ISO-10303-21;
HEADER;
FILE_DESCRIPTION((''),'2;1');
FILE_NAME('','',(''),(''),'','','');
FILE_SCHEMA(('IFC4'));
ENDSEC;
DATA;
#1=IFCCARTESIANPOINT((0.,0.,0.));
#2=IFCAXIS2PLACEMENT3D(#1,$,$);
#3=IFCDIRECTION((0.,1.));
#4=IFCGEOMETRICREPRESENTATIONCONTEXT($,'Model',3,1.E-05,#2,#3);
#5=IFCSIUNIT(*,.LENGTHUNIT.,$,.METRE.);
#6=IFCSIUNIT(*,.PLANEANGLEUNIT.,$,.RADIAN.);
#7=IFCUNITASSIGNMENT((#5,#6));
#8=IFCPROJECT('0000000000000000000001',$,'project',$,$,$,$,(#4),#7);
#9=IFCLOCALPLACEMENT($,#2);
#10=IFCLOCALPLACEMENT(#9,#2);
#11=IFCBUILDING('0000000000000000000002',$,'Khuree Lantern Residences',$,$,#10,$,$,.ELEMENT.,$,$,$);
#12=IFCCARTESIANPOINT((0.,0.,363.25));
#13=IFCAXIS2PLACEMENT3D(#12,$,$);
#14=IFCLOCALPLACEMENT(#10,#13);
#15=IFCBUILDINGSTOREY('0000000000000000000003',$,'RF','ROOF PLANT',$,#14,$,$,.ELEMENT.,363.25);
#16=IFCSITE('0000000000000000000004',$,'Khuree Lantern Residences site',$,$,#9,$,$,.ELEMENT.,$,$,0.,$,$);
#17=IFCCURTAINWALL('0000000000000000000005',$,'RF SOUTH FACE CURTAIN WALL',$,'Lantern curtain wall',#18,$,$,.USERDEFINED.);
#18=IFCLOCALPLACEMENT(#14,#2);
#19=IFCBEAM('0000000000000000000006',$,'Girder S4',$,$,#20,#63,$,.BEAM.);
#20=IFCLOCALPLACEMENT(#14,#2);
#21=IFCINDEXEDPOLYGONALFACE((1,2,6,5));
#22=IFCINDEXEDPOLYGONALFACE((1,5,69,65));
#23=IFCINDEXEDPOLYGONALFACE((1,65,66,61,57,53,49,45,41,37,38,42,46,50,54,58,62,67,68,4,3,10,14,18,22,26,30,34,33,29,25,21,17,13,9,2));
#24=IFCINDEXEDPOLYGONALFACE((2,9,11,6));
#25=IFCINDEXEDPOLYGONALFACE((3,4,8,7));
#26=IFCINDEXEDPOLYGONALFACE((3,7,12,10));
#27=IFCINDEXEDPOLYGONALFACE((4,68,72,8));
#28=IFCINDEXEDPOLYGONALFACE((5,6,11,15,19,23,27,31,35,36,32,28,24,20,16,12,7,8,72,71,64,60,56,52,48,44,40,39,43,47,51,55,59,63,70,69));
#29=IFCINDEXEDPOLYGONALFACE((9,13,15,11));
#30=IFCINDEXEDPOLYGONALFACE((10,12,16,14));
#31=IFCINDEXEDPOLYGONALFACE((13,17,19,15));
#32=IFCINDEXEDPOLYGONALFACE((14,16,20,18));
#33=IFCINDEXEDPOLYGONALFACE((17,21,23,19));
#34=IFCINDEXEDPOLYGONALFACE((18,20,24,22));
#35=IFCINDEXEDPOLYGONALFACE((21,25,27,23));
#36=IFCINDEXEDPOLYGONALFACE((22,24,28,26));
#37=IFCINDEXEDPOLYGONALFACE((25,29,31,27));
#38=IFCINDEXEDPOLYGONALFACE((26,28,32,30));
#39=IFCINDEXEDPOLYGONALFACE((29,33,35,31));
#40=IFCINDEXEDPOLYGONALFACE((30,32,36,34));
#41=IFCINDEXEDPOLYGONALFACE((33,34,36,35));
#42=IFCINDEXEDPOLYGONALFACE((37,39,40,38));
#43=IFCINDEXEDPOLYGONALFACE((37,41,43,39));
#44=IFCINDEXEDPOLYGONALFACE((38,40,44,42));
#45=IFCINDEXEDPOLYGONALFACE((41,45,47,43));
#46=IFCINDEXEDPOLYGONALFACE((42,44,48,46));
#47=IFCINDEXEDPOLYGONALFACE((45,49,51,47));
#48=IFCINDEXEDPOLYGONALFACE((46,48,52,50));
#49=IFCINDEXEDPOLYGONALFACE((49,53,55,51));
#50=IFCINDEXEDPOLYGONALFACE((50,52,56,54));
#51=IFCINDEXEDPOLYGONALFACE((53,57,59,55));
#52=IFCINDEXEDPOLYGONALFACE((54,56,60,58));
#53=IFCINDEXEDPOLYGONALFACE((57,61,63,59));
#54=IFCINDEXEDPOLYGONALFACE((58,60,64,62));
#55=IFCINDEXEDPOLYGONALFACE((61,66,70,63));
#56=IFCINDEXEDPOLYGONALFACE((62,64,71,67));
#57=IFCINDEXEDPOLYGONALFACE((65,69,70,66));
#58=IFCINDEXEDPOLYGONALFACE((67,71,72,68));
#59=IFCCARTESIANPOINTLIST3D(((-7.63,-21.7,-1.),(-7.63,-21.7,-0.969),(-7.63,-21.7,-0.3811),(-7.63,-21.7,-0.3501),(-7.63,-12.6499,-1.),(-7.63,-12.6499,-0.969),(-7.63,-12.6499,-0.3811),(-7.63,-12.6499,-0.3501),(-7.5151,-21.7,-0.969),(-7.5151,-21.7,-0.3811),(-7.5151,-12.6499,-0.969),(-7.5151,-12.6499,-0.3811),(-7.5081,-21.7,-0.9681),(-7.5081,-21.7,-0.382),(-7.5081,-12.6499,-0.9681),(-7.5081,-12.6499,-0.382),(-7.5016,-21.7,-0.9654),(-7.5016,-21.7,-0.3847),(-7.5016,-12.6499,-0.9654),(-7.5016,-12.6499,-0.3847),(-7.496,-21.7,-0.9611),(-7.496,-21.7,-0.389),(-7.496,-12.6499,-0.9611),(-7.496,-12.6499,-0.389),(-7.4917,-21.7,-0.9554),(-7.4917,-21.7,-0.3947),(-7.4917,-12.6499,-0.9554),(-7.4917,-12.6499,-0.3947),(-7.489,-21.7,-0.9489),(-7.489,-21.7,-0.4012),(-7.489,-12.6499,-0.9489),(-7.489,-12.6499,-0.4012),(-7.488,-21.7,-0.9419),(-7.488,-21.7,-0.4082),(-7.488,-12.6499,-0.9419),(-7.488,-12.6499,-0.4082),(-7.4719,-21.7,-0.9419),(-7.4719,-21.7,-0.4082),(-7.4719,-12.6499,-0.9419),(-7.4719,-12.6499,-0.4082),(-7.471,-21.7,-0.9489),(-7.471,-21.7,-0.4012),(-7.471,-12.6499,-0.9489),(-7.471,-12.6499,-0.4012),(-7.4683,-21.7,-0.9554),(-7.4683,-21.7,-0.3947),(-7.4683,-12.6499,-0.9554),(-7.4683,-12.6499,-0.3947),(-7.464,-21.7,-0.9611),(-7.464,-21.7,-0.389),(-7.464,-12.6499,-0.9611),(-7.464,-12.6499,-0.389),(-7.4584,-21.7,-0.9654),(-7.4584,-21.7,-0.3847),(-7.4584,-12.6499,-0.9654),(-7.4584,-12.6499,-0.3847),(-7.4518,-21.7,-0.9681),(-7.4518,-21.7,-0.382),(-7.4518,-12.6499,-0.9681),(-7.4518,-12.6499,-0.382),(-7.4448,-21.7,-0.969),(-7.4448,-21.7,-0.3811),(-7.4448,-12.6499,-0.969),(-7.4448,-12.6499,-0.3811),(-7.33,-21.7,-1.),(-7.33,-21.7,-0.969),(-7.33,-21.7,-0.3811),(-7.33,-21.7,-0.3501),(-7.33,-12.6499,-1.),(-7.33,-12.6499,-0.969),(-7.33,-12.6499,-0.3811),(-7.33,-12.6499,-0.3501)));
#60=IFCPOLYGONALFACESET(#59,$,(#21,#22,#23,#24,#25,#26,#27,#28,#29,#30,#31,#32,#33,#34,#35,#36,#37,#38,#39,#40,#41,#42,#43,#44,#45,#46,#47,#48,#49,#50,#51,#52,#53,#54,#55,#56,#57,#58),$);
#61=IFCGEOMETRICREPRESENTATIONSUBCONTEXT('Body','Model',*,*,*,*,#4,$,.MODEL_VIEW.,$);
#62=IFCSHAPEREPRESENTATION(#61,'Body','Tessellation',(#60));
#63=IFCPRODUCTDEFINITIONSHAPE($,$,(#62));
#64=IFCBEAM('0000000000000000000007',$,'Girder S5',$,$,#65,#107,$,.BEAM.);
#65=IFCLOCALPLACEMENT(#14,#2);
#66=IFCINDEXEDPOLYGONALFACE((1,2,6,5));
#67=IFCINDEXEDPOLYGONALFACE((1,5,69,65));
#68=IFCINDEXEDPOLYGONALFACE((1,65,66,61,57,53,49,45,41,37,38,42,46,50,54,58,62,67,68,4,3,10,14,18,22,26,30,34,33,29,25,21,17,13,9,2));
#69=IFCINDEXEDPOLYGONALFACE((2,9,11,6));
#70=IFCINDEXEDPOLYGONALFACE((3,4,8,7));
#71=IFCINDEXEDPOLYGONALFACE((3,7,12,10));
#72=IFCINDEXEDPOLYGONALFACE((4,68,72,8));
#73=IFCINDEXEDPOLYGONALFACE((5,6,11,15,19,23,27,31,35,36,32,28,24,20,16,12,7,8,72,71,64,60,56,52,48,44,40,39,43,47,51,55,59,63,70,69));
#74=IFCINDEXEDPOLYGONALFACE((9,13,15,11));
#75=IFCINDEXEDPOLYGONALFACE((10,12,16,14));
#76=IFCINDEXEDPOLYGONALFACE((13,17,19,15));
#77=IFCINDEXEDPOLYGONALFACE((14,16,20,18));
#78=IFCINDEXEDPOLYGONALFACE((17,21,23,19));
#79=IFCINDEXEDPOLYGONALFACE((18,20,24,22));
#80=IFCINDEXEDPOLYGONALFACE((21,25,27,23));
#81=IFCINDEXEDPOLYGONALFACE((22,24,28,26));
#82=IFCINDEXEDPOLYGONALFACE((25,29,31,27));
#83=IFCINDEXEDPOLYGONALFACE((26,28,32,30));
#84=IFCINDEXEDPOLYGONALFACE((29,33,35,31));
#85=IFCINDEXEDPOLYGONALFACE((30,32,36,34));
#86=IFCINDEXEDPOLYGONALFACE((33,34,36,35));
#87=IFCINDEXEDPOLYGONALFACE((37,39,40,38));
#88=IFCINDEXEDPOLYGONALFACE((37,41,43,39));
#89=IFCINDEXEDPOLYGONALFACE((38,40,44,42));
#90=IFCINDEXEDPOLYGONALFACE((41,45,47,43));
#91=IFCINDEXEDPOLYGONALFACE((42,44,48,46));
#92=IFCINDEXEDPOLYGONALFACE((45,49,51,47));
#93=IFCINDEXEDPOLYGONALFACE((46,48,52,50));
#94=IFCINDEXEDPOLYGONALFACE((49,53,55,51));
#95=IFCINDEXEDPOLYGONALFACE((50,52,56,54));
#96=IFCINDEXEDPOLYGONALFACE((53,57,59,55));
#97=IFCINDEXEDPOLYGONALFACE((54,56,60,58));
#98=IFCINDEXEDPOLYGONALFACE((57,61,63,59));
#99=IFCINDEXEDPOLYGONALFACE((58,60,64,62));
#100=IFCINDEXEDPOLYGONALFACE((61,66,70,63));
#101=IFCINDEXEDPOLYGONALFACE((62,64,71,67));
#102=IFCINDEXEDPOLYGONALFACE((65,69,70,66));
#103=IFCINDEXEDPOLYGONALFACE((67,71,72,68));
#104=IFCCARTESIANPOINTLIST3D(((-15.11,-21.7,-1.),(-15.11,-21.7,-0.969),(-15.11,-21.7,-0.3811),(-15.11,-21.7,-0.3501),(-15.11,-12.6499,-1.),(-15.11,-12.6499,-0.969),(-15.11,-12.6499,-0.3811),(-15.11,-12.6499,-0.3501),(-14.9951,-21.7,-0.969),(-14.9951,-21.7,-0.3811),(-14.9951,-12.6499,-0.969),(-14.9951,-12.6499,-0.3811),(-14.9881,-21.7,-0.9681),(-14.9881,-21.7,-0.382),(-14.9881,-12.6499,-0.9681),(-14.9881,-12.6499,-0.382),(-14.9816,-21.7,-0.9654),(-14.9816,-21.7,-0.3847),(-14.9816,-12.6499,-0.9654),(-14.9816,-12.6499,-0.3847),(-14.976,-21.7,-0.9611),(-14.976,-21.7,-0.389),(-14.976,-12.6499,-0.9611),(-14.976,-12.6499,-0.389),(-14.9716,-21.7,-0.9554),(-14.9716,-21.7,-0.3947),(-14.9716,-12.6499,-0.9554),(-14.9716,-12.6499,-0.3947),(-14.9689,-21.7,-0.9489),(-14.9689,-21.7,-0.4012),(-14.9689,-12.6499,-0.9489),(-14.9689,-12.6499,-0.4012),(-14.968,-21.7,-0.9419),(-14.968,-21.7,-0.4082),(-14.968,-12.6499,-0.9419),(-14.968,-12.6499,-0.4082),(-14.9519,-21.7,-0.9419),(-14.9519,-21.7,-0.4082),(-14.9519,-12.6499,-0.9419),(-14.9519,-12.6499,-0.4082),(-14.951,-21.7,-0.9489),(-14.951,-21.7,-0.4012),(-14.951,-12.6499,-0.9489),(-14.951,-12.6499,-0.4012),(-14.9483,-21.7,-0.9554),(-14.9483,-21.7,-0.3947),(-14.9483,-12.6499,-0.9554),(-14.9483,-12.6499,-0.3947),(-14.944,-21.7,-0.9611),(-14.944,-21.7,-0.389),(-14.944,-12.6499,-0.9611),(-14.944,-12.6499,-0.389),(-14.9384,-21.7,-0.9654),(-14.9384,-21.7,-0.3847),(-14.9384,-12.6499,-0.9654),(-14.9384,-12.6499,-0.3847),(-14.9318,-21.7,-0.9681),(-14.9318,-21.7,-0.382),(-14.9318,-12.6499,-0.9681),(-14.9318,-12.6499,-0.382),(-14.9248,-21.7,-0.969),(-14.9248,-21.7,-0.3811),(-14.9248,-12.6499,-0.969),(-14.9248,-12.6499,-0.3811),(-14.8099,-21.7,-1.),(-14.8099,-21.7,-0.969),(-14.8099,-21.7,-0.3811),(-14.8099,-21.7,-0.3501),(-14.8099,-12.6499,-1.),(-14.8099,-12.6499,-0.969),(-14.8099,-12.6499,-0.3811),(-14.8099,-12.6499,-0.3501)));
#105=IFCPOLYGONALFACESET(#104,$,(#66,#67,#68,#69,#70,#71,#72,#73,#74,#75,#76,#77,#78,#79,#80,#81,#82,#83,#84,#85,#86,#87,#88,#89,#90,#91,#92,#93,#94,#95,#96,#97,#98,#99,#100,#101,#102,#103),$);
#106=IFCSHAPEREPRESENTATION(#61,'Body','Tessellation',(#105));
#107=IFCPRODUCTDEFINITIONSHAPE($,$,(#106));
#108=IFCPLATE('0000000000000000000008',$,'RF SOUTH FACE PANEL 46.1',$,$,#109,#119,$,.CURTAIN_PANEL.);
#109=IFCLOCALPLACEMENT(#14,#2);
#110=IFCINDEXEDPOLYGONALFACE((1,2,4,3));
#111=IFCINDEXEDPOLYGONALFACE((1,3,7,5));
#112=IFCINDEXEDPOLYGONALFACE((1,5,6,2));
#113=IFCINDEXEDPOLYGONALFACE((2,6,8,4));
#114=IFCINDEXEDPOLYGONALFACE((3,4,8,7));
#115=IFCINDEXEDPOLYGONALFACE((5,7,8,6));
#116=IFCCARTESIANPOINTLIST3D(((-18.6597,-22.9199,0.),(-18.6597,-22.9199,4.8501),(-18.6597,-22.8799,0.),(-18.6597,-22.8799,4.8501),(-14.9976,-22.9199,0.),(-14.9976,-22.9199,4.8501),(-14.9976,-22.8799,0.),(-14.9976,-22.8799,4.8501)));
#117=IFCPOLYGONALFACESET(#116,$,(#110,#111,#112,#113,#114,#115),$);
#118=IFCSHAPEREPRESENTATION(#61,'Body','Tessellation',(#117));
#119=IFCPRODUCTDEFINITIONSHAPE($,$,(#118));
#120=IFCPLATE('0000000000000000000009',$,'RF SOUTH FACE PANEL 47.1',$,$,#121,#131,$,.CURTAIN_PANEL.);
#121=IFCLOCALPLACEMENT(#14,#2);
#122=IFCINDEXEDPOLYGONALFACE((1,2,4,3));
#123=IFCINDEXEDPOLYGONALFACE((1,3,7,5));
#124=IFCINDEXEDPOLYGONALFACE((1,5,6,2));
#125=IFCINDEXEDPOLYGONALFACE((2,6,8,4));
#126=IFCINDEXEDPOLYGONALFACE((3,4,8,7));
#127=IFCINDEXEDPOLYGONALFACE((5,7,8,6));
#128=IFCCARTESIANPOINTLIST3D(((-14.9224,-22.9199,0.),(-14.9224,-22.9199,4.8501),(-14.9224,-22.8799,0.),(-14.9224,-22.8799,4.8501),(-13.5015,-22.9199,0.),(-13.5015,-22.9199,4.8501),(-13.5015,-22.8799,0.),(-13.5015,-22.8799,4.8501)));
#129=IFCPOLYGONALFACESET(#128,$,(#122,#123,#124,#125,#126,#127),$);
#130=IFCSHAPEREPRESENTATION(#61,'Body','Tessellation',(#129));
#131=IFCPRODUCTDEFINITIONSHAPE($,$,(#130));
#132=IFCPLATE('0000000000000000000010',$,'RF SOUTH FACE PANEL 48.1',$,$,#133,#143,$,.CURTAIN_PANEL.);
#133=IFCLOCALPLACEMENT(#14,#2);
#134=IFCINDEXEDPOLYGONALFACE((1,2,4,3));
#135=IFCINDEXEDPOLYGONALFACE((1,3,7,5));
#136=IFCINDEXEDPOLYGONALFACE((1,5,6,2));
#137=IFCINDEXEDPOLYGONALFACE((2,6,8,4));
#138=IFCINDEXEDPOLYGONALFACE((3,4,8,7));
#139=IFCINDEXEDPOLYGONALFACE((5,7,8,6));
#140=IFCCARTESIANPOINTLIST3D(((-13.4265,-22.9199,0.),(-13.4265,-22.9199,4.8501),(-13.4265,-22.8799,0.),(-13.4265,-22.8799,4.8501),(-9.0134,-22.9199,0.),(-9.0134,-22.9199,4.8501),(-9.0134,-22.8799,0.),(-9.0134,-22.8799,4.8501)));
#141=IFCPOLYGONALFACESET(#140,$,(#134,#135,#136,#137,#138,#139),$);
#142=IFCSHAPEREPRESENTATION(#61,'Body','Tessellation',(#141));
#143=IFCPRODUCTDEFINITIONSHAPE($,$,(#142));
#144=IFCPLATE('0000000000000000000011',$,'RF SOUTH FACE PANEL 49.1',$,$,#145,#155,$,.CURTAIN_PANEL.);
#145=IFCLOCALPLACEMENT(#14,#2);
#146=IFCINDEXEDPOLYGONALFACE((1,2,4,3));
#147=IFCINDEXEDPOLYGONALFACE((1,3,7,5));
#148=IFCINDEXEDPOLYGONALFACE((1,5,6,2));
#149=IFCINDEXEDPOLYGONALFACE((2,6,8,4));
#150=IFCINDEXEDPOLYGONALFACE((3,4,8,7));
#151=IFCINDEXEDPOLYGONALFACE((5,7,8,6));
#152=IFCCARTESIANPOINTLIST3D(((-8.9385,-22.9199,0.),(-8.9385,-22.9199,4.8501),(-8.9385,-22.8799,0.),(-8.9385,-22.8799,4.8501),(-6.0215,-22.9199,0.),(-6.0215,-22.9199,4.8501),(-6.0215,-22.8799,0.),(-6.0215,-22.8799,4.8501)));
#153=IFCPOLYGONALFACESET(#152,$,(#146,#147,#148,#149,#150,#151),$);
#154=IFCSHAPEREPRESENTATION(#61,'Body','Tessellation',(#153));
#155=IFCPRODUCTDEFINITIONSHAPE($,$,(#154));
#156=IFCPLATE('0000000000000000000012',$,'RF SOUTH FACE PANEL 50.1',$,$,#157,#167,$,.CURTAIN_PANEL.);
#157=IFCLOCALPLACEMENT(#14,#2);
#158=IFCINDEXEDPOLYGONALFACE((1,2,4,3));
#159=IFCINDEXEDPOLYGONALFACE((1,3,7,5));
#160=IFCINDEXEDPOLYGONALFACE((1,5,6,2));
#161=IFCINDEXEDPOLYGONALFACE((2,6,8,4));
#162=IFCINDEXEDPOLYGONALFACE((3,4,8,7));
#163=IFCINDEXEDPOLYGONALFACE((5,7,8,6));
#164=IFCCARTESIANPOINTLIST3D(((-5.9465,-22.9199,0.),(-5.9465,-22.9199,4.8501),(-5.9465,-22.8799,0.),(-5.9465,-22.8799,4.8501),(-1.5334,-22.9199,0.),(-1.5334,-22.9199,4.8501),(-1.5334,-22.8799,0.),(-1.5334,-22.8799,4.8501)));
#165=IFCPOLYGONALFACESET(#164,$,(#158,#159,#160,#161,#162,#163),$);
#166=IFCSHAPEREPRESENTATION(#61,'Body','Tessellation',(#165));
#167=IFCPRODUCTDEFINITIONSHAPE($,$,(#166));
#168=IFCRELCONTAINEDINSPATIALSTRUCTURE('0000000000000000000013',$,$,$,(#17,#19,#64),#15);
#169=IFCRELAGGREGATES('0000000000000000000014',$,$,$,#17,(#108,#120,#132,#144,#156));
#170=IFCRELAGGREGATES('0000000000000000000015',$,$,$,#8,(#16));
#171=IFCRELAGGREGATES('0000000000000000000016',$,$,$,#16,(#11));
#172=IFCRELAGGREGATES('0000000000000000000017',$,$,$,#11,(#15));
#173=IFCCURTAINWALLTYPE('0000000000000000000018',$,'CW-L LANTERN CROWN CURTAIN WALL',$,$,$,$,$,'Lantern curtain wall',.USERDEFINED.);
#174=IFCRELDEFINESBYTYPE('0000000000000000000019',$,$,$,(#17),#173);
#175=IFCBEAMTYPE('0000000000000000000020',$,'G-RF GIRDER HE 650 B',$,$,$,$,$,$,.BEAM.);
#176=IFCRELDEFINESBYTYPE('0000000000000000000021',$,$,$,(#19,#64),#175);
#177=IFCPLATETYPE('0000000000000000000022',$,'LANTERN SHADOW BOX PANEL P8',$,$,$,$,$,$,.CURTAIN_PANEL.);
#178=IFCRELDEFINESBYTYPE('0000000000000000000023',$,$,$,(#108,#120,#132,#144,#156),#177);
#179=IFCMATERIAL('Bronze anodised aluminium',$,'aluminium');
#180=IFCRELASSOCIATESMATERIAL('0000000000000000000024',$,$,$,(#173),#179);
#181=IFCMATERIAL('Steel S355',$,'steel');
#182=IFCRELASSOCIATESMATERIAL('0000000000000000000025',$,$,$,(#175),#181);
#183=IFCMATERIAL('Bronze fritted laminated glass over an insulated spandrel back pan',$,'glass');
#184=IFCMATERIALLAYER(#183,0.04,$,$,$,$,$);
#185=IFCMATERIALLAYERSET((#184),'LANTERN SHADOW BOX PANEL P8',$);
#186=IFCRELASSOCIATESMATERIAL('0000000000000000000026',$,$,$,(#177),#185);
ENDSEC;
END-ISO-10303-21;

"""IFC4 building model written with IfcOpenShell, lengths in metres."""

from ifc_helpers import new_model, si_unit, direction, frame, origin, origin_2d, place, context, subcontext, project, spatial, rectangle, i_section, extrude, material, layer, layer_set, material_profile, profile_set, type_object, element, aggregate, save


model = new_model("IFC4")

# Units and contexts
model_context = context("Model", 3, precision=1e-05, world=origin(), true_north=direction((0.0, 1.0)))
body_context = subcontext(model_context, "Body", "Model", "MODEL_VIEW")
ifc_project = project(units=[si_unit("LENGTHUNIT", "METRE"), si_unit("PLANEANGLEUNIT", "RADIAN")], contexts=[model_context])

# Site, building, storey
site_placement = place(None, origin())
site = spatial("IfcSite", under=ifc_project, at=site_placement, Name="Khuree Lantern Residences site", CompositionType="ELEMENT", RefElevation=0.0)
building_placement = place(site_placement, origin())
building = spatial("IfcBuilding", under=site, at=building_placement, Name="Khuree Lantern Residences", CompositionType="ELEMENT")
storey_placement = place(building_placement, frame((0.0, 0.0, 363.25)))
storey = spatial("IfcBuildingStorey", under=building, at=storey_placement, Name="RF", Description="ROOF PLANT", CompositionType="ELEMENT", Elevation=363.25)

# Shared definitions
ifc_material_1 = material(Name="Steel S355", Category="steel")

# Curtain wall
ifc_material_2 = material(Name="Bronze anodised aluminium", Category="aluminium")
curtain_wall_type = type_object("IfcCurtainWallType", Name="CW-L LANTERN CROWN CURTAIN WALL", ElementType="Lantern curtain wall", PredefinedType="USERDEFINED", material=ifc_material_2)
curtain_wall_placement = place(storey_placement, origin())
curtain_wall = element("IfcCurtainWall", 1, at=curtain_wall_placement, inside=storey, type_object=curtain_wall_type, Name="RF SOUTH FACE CURTAIN WALL", ObjectType="Lantern curtain wall", PredefinedType="USERDEFINED")

# Beams
ifc_material_profile_1 = material_profile(ifc_material_1, i_section(OverallWidth=0.3, OverallDepth=0.6499, WebThickness=0.0161, FlangeThickness=0.031, FilletRadius=0.0271, at=origin_2d()), Name="HE 650 B")
ifc_profile_set_1 = profile_set([ifc_material_profile_1], Name="Steel S355")
beam_type_1 = type_object("IfcBeamType", Name="G-RF GIRDER HE 650 B", PredefinedType="BEAM", material=ifc_profile_set_1)
for number, where, z_axis, x_axis, name in (
    (2, (-7.48, -21.7, -0.675), (0.0, 1.0, 0.0), (-1.0, 0.0, 0.0), "Girder S4"),
    (3, (-14.96, -21.7, -0.675), (0.0, 1.0, 0.0), (-1.0, 0.0, 0.0), "Girder S5"),
):
    element("IfcBeam", number, at=place(storey_placement, frame(where, z_axis=z_axis, x_axis=x_axis)), inside=storey, type_object=beam_type_1, Name=name, PredefinedType="BEAM", context=body_context, shape_type="SweptSolid", body=[
        extrude(i_section(OverallWidth=0.3, OverallDepth=0.6499, WebThickness=0.0161, FlangeThickness=0.031, FilletRadius=0.0271, at=origin_2d()), origin(), (0.0, 0.0, 1.0), 9.05),
    ])

# Plates
ifc_material_3 = material(Name="Bronze fritted laminated glass over an insulated spandrel back pan", Category="glass")
ifc_layer = layer(ifc_material_3, 0.04)
ifc_layer_set = layer_set([ifc_layer], Name="LANTERN SHADOW BOX PANEL P8")
plate_type = type_object("IfcPlateType", Name="LANTERN SHADOW BOX PANEL P8", PredefinedType="CURTAIN_PANEL", material=ifc_layer_set)
plate_1_placement = place(storey_placement, frame((-16.8286, -22.8999, 0.0), z_axis=(0.0, 0.0, 1.0), x_axis=(1.0, 0.0, 0.0)))
plate_1 = element("IfcPlate", 4, at=plate_1_placement, type_object=plate_type, Name="RF SOUTH FACE PANEL 46.1", PredefinedType="CURTAIN_PANEL", context=body_context, shape_type="SweptSolid", body=[
    extrude(rectangle(XDim=3.6621, YDim=0.04, at=origin_2d()), origin(), (0.0, 0.0, 1.0), 4.8501),
])
plate_2_placement = place(storey_placement, frame((-14.2119, -22.8999, 0.0), z_axis=(0.0, 0.0, 1.0), x_axis=(1.0, 0.0, 0.0)))
plate_2 = element("IfcPlate", 5, at=plate_2_placement, type_object=plate_type, Name="RF SOUTH FACE PANEL 47.1", PredefinedType="CURTAIN_PANEL", context=body_context, shape_type="SweptSolid", body=[
    extrude(rectangle(XDim=1.4209, YDim=0.04, at=origin_2d()), origin(), (0.0, 0.0, 1.0), 4.8501),
])
plate_3_placement = place(storey_placement, frame((-11.22, -22.8999, 0.0), z_axis=(0.0, 0.0, 1.0), x_axis=(1.0, 0.0, 0.0)))
plate_3 = element("IfcPlate", 6, at=plate_3_placement, type_object=plate_type, Name="RF SOUTH FACE PANEL 48.1", PredefinedType="CURTAIN_PANEL", context=body_context, shape_type="SweptSolid", body=[
    extrude(rectangle(XDim=4.4131, YDim=0.04, at=origin_2d()), origin(), (0.0, 0.0, 1.0), 4.8501),
])
plate_4_placement = place(storey_placement, frame((-7.48, -22.8999, 0.0), z_axis=(0.0, 0.0, 1.0), x_axis=(1.0, 0.0, 0.0)))
plate_4 = element("IfcPlate", 7, at=plate_4_placement, type_object=plate_type, Name="RF SOUTH FACE PANEL 49.1", PredefinedType="CURTAIN_PANEL", context=body_context, shape_type="SweptSolid", body=[
    extrude(rectangle(XDim=2.917, YDim=0.04, at=origin_2d()), origin(), (0.0, 0.0, 1.0), 4.8501),
])
plate_5_placement = place(storey_placement, frame((-3.74, -22.8999, 0.0), z_axis=(0.0, 0.0, 1.0), x_axis=(1.0, 0.0, 0.0)))
plate_5 = element("IfcPlate", 8, at=plate_5_placement, type_object=plate_type, Name="RF SOUTH FACE PANEL 50.1", PredefinedType="CURTAIN_PANEL", context=body_context, shape_type="SweptSolid", body=[
    extrude(rectangle(XDim=4.4131, YDim=0.04, at=origin_2d()), origin(), (0.0, 0.0, 1.0), 4.8501),
])
aggregate(curtain_wall, [plate_1, plate_2, plate_3, plate_4, plate_5])

save(model, "model.ifc")
